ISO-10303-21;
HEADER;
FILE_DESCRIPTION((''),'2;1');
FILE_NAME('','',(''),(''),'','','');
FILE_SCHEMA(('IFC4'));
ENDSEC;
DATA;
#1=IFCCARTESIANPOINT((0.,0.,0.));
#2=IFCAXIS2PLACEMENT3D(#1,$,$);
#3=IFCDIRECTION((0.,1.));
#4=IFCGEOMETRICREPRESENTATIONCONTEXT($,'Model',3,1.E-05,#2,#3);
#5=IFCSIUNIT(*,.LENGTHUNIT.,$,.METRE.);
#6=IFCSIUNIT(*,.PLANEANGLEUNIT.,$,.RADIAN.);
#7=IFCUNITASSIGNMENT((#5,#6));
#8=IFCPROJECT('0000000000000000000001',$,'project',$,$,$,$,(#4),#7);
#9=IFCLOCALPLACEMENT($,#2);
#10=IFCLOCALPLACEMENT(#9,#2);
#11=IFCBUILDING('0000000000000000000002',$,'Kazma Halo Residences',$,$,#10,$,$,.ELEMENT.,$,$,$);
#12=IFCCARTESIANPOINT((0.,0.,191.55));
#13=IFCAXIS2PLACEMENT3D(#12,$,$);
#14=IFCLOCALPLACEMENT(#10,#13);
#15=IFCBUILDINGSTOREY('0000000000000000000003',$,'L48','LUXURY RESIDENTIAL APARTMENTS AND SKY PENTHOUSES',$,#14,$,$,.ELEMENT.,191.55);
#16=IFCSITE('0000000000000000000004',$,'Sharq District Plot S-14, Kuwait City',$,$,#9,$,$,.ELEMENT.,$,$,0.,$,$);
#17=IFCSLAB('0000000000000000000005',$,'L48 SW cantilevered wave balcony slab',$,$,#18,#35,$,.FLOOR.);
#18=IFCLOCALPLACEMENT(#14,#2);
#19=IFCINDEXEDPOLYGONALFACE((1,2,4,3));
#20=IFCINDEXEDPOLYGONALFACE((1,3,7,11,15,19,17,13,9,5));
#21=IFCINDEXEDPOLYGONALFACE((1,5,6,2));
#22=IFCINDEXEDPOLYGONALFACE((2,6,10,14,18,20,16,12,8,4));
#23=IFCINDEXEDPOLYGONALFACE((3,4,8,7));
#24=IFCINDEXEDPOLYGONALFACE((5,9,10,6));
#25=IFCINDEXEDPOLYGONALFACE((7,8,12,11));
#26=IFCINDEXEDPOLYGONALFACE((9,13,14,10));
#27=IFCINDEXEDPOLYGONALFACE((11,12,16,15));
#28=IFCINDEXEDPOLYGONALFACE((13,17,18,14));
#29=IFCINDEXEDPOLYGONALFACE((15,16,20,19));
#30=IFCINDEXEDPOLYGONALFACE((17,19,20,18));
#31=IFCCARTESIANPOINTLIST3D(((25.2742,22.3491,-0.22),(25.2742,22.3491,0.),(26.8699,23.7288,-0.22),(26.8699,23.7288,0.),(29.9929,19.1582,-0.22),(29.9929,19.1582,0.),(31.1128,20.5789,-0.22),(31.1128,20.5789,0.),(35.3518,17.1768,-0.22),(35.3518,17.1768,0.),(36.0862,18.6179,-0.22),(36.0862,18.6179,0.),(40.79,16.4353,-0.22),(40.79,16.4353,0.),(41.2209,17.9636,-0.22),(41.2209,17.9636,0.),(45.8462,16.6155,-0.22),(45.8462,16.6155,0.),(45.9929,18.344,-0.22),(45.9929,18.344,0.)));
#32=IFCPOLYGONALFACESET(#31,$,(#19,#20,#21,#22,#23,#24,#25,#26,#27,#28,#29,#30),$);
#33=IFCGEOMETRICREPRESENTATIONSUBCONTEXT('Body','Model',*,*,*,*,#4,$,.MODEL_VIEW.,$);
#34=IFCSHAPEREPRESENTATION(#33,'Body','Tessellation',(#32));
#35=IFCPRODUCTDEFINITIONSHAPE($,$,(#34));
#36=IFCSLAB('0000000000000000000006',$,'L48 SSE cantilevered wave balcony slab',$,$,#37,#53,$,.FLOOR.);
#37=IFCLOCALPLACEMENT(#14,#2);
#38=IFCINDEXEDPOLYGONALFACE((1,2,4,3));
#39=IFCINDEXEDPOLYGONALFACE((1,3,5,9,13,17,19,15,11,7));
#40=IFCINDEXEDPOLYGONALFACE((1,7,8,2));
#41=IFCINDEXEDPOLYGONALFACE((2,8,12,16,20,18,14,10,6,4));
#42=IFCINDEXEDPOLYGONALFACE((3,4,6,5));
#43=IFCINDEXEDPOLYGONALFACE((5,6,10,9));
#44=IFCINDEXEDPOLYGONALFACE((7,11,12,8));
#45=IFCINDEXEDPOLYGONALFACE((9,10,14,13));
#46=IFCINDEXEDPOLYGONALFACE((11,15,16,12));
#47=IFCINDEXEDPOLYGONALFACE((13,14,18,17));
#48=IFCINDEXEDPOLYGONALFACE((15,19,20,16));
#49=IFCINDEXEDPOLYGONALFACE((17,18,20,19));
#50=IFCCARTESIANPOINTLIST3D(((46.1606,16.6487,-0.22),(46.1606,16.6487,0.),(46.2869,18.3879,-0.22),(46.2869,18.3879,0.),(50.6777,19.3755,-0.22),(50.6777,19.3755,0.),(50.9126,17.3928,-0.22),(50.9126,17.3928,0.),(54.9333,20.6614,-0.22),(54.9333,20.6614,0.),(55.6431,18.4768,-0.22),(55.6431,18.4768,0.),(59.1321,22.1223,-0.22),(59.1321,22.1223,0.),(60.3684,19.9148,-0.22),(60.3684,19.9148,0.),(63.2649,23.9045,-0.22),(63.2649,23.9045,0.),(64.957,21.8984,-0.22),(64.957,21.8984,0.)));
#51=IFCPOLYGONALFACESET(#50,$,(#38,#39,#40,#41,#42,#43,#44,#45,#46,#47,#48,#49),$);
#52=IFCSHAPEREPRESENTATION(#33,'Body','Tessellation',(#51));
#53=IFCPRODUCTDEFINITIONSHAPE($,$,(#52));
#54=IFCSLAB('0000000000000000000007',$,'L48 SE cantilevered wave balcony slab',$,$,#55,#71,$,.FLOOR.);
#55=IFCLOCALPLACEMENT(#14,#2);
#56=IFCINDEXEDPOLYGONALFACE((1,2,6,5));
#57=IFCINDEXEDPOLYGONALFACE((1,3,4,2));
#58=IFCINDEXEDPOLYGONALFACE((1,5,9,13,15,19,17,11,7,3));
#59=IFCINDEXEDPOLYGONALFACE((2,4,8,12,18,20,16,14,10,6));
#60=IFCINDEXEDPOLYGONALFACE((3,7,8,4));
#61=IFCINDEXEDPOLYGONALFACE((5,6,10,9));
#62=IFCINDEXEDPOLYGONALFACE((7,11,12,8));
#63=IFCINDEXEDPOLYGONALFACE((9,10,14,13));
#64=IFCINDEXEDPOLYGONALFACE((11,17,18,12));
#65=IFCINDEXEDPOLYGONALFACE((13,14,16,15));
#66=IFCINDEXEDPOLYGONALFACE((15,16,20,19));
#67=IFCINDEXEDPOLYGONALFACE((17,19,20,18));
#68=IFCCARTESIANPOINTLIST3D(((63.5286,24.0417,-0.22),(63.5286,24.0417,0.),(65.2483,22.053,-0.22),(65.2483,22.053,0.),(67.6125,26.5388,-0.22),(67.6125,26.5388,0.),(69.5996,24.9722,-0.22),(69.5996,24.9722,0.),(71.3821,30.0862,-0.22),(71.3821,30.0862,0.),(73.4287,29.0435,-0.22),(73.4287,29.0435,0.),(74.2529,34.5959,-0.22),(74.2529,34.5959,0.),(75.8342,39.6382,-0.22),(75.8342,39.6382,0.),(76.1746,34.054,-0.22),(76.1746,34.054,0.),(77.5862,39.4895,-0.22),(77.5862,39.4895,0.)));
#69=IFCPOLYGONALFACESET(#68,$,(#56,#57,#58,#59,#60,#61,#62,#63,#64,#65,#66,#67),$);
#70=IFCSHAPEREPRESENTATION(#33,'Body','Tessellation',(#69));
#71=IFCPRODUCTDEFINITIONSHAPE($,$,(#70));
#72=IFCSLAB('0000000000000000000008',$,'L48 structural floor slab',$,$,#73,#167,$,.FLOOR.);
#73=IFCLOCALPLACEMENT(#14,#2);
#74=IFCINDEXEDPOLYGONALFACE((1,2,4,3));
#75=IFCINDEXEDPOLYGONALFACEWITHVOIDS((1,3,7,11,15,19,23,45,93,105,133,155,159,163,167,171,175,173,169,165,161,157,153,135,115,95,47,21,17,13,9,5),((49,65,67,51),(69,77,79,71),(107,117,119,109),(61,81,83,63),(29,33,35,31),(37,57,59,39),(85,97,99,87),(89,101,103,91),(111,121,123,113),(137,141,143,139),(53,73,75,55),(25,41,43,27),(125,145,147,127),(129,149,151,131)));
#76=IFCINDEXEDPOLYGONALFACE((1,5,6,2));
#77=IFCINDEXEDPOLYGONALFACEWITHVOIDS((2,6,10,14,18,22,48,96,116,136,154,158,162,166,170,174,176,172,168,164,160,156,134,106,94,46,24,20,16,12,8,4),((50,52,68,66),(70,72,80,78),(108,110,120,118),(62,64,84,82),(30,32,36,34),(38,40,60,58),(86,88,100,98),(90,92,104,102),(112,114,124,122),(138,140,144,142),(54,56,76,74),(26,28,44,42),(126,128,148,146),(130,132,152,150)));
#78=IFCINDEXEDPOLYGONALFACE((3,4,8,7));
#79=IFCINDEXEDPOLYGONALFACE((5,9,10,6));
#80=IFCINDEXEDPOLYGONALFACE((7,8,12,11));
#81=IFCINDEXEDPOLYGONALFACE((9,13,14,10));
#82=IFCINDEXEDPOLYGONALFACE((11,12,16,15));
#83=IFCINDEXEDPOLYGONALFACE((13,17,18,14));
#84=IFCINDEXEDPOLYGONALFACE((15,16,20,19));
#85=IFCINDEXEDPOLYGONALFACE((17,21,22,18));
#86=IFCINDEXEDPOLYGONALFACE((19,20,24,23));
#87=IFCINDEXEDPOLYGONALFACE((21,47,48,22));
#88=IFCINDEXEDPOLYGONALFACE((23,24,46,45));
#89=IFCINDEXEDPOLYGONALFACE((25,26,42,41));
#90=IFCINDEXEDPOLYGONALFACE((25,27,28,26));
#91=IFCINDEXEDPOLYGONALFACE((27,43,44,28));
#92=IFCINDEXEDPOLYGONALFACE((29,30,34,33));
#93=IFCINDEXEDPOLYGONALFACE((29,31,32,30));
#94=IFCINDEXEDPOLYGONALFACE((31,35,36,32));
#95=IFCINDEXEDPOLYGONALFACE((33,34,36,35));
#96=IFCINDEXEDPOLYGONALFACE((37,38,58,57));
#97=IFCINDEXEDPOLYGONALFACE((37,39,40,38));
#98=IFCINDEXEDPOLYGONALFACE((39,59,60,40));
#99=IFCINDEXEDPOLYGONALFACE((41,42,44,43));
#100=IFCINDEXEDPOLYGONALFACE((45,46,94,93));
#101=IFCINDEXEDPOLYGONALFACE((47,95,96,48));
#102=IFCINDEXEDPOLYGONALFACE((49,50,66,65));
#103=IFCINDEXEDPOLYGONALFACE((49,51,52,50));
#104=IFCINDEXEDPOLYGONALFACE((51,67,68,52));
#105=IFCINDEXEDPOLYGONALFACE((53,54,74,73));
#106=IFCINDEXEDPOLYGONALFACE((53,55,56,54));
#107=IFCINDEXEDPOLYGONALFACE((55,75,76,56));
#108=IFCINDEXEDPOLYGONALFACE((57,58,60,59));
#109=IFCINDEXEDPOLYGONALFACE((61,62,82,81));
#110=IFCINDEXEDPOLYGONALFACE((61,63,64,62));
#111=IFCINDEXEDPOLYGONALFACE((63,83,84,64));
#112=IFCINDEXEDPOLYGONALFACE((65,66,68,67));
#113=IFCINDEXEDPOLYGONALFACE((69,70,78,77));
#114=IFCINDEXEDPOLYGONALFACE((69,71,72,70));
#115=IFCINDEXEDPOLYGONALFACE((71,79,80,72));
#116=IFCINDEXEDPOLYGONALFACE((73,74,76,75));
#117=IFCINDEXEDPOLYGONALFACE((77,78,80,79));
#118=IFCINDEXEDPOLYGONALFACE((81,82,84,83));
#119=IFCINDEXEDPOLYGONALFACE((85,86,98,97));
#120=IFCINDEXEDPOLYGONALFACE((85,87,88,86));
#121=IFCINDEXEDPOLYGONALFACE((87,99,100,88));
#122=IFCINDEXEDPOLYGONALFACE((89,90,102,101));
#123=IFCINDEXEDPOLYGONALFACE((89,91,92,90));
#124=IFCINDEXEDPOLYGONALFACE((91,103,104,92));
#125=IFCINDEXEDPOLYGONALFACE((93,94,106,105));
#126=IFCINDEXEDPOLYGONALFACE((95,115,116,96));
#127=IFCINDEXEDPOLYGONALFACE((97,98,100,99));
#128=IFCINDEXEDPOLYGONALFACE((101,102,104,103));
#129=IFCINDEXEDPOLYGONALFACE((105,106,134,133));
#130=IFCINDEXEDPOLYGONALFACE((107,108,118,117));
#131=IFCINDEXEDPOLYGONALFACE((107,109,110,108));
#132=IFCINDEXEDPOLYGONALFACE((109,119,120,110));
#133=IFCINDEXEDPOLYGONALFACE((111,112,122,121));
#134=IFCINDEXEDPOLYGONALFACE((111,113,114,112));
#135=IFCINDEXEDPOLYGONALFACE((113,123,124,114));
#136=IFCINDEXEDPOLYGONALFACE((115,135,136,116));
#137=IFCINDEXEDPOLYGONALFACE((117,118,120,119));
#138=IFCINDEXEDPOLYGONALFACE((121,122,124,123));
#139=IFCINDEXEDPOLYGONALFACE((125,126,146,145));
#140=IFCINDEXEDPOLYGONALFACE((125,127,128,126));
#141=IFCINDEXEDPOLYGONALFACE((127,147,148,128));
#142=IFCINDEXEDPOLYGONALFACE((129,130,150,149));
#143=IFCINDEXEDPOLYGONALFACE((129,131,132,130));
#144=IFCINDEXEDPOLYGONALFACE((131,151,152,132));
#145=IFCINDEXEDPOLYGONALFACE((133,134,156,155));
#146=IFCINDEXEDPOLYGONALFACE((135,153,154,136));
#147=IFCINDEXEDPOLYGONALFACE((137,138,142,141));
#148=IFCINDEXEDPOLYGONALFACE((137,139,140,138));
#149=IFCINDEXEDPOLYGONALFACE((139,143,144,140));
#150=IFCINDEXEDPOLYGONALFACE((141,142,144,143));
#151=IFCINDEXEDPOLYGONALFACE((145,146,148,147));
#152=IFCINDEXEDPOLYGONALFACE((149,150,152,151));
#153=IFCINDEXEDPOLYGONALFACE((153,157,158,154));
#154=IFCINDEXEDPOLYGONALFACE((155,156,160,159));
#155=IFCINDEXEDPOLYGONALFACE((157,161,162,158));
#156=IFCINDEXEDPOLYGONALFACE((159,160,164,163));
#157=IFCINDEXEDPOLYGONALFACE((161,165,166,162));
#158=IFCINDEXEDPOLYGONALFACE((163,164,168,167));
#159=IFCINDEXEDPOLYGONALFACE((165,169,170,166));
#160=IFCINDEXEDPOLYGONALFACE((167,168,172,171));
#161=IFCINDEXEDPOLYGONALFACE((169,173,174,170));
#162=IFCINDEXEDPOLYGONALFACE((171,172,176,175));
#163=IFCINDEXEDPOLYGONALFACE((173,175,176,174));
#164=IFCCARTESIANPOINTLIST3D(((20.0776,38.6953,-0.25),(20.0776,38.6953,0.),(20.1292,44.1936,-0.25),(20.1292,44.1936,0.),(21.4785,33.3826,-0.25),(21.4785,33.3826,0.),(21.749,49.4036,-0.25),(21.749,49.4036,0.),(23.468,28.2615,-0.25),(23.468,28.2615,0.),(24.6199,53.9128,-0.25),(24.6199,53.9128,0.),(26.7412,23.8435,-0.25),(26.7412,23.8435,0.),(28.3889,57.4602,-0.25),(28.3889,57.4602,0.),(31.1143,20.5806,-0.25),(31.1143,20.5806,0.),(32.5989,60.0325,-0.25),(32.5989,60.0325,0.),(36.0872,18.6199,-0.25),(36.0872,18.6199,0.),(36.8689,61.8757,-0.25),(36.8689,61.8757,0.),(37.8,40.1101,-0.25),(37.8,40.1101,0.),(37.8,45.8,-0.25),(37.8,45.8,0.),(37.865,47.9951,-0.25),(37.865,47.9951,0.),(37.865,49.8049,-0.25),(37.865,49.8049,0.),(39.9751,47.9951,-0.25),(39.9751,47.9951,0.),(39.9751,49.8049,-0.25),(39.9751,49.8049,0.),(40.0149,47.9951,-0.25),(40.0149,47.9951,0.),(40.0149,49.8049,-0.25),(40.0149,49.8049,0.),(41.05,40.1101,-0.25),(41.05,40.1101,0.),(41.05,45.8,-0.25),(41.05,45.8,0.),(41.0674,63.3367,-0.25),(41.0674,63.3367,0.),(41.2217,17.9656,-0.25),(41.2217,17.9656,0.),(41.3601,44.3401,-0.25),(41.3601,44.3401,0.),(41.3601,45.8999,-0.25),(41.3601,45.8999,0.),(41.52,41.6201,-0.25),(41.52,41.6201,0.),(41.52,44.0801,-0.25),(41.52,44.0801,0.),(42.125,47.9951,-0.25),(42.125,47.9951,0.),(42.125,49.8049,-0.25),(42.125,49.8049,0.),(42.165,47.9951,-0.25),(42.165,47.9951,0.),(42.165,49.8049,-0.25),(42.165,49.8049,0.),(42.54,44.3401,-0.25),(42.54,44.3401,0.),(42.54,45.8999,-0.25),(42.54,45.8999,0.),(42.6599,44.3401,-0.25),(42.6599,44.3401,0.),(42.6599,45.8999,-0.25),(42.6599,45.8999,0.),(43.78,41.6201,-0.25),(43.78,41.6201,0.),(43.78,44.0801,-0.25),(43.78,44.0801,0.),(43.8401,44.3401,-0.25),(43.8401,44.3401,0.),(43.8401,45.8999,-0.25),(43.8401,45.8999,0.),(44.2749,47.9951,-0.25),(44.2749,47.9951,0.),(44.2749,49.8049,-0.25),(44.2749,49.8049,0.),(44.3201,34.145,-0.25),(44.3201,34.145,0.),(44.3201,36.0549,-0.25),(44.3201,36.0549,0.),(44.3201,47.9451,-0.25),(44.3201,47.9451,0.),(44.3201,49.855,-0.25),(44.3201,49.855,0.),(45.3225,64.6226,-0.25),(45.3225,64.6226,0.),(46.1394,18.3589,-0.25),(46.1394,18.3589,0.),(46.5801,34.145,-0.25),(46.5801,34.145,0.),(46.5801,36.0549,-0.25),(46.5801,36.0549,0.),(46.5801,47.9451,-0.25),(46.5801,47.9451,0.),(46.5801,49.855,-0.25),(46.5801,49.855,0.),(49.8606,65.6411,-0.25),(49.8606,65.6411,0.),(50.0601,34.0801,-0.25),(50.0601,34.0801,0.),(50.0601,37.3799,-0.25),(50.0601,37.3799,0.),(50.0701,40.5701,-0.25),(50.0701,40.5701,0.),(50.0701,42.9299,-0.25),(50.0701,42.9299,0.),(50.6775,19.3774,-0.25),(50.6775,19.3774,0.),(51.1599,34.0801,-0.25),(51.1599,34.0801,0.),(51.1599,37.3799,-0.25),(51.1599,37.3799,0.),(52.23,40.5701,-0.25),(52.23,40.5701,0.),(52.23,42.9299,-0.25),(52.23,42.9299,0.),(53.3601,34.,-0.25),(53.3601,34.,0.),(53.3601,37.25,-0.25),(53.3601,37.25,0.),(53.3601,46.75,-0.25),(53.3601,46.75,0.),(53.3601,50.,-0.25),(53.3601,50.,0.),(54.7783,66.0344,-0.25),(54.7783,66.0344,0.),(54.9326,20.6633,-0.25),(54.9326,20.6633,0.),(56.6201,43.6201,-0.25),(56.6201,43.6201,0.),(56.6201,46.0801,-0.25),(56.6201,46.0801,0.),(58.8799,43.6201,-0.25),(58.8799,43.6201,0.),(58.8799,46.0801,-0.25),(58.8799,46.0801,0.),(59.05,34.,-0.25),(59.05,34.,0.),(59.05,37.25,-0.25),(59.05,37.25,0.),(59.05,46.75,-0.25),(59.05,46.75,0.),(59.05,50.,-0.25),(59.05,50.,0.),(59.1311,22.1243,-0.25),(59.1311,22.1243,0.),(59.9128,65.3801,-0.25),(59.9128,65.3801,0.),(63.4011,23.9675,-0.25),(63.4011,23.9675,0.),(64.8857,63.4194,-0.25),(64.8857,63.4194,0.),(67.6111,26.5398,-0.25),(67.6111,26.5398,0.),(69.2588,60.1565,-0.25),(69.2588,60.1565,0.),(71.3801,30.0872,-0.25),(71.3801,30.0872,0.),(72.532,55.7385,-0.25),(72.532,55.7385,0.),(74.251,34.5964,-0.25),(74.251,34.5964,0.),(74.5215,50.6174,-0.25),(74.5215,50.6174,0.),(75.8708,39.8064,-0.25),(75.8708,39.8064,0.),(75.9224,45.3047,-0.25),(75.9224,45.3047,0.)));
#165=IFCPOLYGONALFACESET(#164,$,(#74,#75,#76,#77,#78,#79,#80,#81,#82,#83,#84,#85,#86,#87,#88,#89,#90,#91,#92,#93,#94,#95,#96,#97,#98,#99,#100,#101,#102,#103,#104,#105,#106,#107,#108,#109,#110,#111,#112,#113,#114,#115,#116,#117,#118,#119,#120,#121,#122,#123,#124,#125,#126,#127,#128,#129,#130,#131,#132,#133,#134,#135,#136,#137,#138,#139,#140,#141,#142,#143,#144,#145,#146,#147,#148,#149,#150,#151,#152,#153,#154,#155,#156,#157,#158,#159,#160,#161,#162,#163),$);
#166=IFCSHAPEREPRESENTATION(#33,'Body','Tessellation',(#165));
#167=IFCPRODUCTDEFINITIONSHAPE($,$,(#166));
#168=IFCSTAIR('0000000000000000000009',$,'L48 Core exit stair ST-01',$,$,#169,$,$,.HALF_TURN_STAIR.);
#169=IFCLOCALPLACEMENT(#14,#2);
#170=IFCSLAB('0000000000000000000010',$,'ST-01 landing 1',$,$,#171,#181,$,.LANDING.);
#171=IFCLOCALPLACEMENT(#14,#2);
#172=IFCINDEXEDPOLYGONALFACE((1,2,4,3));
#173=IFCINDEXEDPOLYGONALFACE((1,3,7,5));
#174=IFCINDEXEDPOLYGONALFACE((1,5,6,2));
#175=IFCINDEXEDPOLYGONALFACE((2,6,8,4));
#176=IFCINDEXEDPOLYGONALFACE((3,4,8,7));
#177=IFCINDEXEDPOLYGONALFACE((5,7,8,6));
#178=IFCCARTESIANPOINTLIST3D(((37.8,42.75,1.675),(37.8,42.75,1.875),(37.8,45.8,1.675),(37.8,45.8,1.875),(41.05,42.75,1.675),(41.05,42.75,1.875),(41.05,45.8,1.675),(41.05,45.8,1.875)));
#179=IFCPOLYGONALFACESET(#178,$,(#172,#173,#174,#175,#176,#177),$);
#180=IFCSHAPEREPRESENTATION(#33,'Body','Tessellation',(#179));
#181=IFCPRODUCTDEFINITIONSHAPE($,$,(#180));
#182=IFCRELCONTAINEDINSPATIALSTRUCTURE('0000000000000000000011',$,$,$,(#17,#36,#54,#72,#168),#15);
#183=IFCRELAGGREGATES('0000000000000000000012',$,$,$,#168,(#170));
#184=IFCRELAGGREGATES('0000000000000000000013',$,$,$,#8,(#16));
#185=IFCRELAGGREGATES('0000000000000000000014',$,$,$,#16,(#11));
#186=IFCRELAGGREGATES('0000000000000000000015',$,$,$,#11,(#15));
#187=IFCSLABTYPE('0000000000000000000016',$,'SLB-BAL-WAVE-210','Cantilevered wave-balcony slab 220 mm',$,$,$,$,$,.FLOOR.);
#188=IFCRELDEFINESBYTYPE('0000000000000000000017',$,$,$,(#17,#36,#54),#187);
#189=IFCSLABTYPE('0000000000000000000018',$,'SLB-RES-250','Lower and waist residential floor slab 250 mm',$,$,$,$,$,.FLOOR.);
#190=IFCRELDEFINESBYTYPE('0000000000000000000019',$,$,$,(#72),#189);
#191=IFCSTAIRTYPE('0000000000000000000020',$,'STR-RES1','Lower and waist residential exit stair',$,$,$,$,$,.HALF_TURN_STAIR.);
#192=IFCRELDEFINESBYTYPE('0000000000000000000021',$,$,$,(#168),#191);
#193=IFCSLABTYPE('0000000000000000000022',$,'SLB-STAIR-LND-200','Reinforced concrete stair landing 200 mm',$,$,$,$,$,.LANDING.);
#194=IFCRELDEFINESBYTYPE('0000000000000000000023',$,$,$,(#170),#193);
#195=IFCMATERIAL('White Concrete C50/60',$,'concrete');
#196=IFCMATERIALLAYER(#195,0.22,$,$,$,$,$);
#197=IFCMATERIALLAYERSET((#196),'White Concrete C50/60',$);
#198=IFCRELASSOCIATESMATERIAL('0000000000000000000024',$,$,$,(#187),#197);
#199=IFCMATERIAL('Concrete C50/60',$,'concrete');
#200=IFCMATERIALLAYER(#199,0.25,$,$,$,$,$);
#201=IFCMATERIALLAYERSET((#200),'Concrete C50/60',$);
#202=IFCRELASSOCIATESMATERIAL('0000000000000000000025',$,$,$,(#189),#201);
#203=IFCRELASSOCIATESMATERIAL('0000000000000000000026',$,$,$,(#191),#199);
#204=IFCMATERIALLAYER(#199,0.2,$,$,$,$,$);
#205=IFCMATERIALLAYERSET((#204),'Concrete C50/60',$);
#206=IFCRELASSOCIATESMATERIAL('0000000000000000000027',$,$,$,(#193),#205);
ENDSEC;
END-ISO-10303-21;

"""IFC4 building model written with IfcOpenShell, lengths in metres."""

from ifc_helpers import new_model, si_unit, direction, frame, origin, place, context, subcontext, project, spatial, polyline, outline, extrude, material, layer, layer_set, type_object, element, aggregate, save


model = new_model("IFC4")

# Units and contexts
model_context = context("Model", 3, precision=1e-05, world=origin(), true_north=direction((0.0, 1.0)))
body_context = subcontext(model_context, "Body", "Model", "MODEL_VIEW")
ifc_project = project(units=[si_unit("LENGTHUNIT", "METRE"), si_unit("PLANEANGLEUNIT", "RADIAN")], contexts=[model_context])

# Site, building, storey
site_placement = place(None, origin())
site = spatial("IfcSite", under=ifc_project, at=site_placement, Name="Sharq District Plot S-14, Kuwait City", CompositionType="ELEMENT", RefElevation=0.0)
building_placement = place(site_placement, origin())
building = spatial("IfcBuilding", under=site, at=building_placement, Name="Kazma Halo Residences", CompositionType="ELEMENT")
storey_placement = place(building_placement, frame((0.0, 0.0, 191.55)))
storey = spatial("IfcBuildingStorey", under=building, at=storey_placement, Name="L48", Description="LUXURY RESIDENTIAL APARTMENTS AND SKY PENTHOUSES", CompositionType="ELEMENT", Elevation=191.55)

# Slabs
ifc_material_1 = material(Name="White Concrete C50/60", Category="concrete")
ifc_layer_1 = layer(ifc_material_1, 0.22)
ifc_layer_set_1 = layer_set([ifc_layer_1], Name="White Concrete C50/60")
slab_type_1 = type_object("IfcSlabType", Name="SLB-BAL-WAVE-210", Description="Cantilevered wave-balcony slab 220 mm", PredefinedType="FLOOR", material=ifc_layer_set_1)
slab_1_placement = place(storey_placement, frame((0.0, 0.0, -0.22)))
element("IfcSlab", 1, at=slab_1_placement, inside=storey, type_object=slab_type_1, Name="L48 SW cantilevered wave balcony slab", PredefinedType="FLOOR", context=body_context, shape_type="SweptSolid", body=[
    extrude(outline(polyline([(26.8699, 23.7288), (31.1128, 20.5789), (36.0862, 18.6179), (41.2209, 17.9636), (45.9929, 18.344), (45.8462, 16.6155), (40.79, 16.4353), (35.3518, 17.1768), (29.9929, 19.1582), (25.2742, 22.3491), (26.8699, 23.7288)])), origin(), (0.0, 0.0, 1.0), 0.22),
])
slab_2_placement = place(storey_placement, frame((0.0, 0.0, -0.22)))
element("IfcSlab", 2, at=slab_2_placement, inside=storey, type_object=slab_type_1, Name="L48 SSE cantilevered wave balcony slab", PredefinedType="FLOOR", context=body_context, shape_type="SweptSolid", body=[
    extrude(outline(polyline([(46.2869, 18.3879), (50.6777, 19.3755), (54.9333, 20.6614), (59.1321, 22.1223), (63.2649, 23.9045), (64.957, 21.8984), (60.3684, 19.9148), (55.6431, 18.4768), (50.9126, 17.3928), (46.1606, 16.6487), (46.2869, 18.3879)])), origin(), (0.0, 0.0, 1.0), 0.22),
])
slab_3_placement = place(storey_placement, frame((0.0, 0.0, -0.22)))
element("IfcSlab", 3, at=slab_3_placement, inside=storey, type_object=slab_type_1, Name="L48 SE cantilevered wave balcony slab", PredefinedType="FLOOR", context=body_context, shape_type="SweptSolid", body=[
    extrude(outline(polyline([(63.5286, 24.0417), (67.6125, 26.5388), (71.3821, 30.0862), (74.2529, 34.5959), (75.8342, 39.6382), (77.5862, 39.4895), (76.1746, 34.054), (73.4287, 29.0435), (69.5996, 24.9722), (65.2483, 22.053), (63.5286, 24.0417)])), origin(), (0.0, 0.0, 1.0), 0.22),
])
ifc_material_2 = material(Name="Concrete C50/60", Category="concrete")
ifc_layer_2 = layer(ifc_material_2, 0.25)
ifc_layer_set_2 = layer_set([ifc_layer_2], Name="Concrete C50/60")
slab_type_2 = type_object("IfcSlabType", Name="SLB-RES-250", Description="Lower and waist residential floor slab 250 mm", PredefinedType="FLOOR", material=ifc_layer_set_2)
slab_4_placement = place(storey_placement, frame((0.0, 0.0, -0.25)))
element("IfcSlab", 4, at=slab_4_placement, inside=storey, type_object=slab_type_2, Name="L48 structural floor slab", PredefinedType="FLOOR", context=body_context, shape_type="SweptSolid", body=[
    extrude(outline(polyline([(74.5215, 50.6174), (72.532, 55.7385), (69.2588, 60.1565), (64.8857, 63.4194), (59.9128, 65.3801), (54.7783, 66.0344), (49.8606, 65.6411), (45.3225, 64.6226), (41.0674, 63.3367), (36.8689, 61.8757), (32.5989, 60.0325), (28.3889, 57.4602), (24.6199, 53.9128), (21.749, 49.4036), (20.1292, 44.1936), (20.0776, 38.6953), (21.4785, 33.3826), (23.468, 28.2615), (26.7412, 23.8435), (31.1143, 20.5806), (36.0872, 18.6199), (41.2217, 17.9656), (46.1394, 18.3589), (50.6775, 19.3774), (54.9326, 20.6633), (59.1311, 22.1243), (63.4011, 23.9675), (67.6111, 26.5398), (71.3801, 30.0872), (74.251, 34.5964), (75.8708, 39.8064), (75.9224, 45.3047), (74.5215, 50.6174)]), holes=[polyline([(37.8, 40.1101), (41.05, 40.1101), (41.05, 45.8), (37.8, 45.8), (37.8, 40.1101)]), polyline([(53.3601, 46.75), (59.05, 46.75), (59.05, 50.0), (53.3601, 50.0), (53.3601, 46.75)]), polyline([(53.3601, 34.0), (59.05, 34.0), (59.05, 37.25), (53.3601, 37.25), (53.3601, 34.0)]), polyline([(41.52, 41.6201), (43.78, 41.6201), (43.78, 44.0801), (41.52, 44.0801), (41.52, 41.6201)]), polyline([(56.6201, 43.6201), (58.8799, 43.6201), (58.8799, 46.0801), (56.6201, 46.0801), (56.6201, 43.6201)]), polyline([(37.865, 47.9951), (39.9751, 47.9951), (39.9751, 49.8049), (37.865, 49.8049), (37.865, 47.9951)]), polyline([(40.0149, 47.9951), (42.125, 47.9951), (42.125, 49.8049), (40.0149, 49.8049), (40.0149, 47.9951)]), polyline([(42.165, 47.9951), (44.2749, 47.9951), (44.2749, 49.8049), (42.165, 49.8049), (42.165, 47.9951)]), polyline([(44.3201, 47.9451), (46.5801, 47.9451), (46.5801, 49.855), (44.3201, 49.855), (44.3201, 47.9451)]), polyline([(44.3201, 34.145), (46.5801, 34.145), (46.5801, 36.0549), (44.3201, 36.0549), (44.3201, 34.145)]), polyline([(50.0701, 40.5701), (52.23, 40.5701), (52.23, 42.9299), (50.0701, 42.9299), (50.0701, 40.5701)]), polyline([(41.3601, 44.3401), (42.54, 44.3401), (42.54, 45.8999), (41.3601, 45.8999), (41.3601, 44.3401)]), polyline([(42.6599, 44.3401), (43.8401, 44.3401), (43.8401, 45.8999), (42.6599, 45.8999), (42.6599, 44.3401)]), polyline([(50.0601, 34.0801), (51.1599, 34.0801), (51.1599, 37.3799), (50.0601, 37.3799), (50.0601, 34.0801)])]), origin(), (0.0, 0.0, 1.0), 0.25),
])

# Stair, slab
stair_type = type_object("IfcStairType", Name="STR-RES1", Description="Lower and waist residential exit stair", PredefinedType="HALF_TURN_STAIR", material=ifc_material_2)
stair_1_placement = place(storey_placement, origin())
stair_1 = element("IfcStair", 5, at=stair_1_placement, inside=storey, type_object=stair_type, Name="L48 Core exit stair ST-01", PredefinedType="HALF_TURN_STAIR")
ifc_layer_3 = layer(ifc_material_2, 0.2)
ifc_layer_set_3 = layer_set([ifc_layer_3], Name="Concrete C50/60")
slab_type_3 = type_object("IfcSlabType", Name="SLB-STAIR-LND-200", Description="Reinforced concrete stair landing 200 mm", PredefinedType="LANDING", material=ifc_layer_set_3)
slab_5_placement = place(storey_placement, frame((0.0, 0.0, 1.675)))
slab_5 = element("IfcSlab", 6, at=slab_5_placement, type_object=slab_type_3, Name="ST-01 landing 1", PredefinedType="LANDING", context=body_context, shape_type="SweptSolid", body=[
    extrude(outline(polyline([(41.05, 42.75), (41.05, 45.8), (37.8, 45.8), (37.8, 42.75), (41.05, 42.75)])), origin(), (0.0, 0.0, 1.0), 0.2),
])
aggregate(stair_1, [slab_5])

save(model, "model.ifc")
